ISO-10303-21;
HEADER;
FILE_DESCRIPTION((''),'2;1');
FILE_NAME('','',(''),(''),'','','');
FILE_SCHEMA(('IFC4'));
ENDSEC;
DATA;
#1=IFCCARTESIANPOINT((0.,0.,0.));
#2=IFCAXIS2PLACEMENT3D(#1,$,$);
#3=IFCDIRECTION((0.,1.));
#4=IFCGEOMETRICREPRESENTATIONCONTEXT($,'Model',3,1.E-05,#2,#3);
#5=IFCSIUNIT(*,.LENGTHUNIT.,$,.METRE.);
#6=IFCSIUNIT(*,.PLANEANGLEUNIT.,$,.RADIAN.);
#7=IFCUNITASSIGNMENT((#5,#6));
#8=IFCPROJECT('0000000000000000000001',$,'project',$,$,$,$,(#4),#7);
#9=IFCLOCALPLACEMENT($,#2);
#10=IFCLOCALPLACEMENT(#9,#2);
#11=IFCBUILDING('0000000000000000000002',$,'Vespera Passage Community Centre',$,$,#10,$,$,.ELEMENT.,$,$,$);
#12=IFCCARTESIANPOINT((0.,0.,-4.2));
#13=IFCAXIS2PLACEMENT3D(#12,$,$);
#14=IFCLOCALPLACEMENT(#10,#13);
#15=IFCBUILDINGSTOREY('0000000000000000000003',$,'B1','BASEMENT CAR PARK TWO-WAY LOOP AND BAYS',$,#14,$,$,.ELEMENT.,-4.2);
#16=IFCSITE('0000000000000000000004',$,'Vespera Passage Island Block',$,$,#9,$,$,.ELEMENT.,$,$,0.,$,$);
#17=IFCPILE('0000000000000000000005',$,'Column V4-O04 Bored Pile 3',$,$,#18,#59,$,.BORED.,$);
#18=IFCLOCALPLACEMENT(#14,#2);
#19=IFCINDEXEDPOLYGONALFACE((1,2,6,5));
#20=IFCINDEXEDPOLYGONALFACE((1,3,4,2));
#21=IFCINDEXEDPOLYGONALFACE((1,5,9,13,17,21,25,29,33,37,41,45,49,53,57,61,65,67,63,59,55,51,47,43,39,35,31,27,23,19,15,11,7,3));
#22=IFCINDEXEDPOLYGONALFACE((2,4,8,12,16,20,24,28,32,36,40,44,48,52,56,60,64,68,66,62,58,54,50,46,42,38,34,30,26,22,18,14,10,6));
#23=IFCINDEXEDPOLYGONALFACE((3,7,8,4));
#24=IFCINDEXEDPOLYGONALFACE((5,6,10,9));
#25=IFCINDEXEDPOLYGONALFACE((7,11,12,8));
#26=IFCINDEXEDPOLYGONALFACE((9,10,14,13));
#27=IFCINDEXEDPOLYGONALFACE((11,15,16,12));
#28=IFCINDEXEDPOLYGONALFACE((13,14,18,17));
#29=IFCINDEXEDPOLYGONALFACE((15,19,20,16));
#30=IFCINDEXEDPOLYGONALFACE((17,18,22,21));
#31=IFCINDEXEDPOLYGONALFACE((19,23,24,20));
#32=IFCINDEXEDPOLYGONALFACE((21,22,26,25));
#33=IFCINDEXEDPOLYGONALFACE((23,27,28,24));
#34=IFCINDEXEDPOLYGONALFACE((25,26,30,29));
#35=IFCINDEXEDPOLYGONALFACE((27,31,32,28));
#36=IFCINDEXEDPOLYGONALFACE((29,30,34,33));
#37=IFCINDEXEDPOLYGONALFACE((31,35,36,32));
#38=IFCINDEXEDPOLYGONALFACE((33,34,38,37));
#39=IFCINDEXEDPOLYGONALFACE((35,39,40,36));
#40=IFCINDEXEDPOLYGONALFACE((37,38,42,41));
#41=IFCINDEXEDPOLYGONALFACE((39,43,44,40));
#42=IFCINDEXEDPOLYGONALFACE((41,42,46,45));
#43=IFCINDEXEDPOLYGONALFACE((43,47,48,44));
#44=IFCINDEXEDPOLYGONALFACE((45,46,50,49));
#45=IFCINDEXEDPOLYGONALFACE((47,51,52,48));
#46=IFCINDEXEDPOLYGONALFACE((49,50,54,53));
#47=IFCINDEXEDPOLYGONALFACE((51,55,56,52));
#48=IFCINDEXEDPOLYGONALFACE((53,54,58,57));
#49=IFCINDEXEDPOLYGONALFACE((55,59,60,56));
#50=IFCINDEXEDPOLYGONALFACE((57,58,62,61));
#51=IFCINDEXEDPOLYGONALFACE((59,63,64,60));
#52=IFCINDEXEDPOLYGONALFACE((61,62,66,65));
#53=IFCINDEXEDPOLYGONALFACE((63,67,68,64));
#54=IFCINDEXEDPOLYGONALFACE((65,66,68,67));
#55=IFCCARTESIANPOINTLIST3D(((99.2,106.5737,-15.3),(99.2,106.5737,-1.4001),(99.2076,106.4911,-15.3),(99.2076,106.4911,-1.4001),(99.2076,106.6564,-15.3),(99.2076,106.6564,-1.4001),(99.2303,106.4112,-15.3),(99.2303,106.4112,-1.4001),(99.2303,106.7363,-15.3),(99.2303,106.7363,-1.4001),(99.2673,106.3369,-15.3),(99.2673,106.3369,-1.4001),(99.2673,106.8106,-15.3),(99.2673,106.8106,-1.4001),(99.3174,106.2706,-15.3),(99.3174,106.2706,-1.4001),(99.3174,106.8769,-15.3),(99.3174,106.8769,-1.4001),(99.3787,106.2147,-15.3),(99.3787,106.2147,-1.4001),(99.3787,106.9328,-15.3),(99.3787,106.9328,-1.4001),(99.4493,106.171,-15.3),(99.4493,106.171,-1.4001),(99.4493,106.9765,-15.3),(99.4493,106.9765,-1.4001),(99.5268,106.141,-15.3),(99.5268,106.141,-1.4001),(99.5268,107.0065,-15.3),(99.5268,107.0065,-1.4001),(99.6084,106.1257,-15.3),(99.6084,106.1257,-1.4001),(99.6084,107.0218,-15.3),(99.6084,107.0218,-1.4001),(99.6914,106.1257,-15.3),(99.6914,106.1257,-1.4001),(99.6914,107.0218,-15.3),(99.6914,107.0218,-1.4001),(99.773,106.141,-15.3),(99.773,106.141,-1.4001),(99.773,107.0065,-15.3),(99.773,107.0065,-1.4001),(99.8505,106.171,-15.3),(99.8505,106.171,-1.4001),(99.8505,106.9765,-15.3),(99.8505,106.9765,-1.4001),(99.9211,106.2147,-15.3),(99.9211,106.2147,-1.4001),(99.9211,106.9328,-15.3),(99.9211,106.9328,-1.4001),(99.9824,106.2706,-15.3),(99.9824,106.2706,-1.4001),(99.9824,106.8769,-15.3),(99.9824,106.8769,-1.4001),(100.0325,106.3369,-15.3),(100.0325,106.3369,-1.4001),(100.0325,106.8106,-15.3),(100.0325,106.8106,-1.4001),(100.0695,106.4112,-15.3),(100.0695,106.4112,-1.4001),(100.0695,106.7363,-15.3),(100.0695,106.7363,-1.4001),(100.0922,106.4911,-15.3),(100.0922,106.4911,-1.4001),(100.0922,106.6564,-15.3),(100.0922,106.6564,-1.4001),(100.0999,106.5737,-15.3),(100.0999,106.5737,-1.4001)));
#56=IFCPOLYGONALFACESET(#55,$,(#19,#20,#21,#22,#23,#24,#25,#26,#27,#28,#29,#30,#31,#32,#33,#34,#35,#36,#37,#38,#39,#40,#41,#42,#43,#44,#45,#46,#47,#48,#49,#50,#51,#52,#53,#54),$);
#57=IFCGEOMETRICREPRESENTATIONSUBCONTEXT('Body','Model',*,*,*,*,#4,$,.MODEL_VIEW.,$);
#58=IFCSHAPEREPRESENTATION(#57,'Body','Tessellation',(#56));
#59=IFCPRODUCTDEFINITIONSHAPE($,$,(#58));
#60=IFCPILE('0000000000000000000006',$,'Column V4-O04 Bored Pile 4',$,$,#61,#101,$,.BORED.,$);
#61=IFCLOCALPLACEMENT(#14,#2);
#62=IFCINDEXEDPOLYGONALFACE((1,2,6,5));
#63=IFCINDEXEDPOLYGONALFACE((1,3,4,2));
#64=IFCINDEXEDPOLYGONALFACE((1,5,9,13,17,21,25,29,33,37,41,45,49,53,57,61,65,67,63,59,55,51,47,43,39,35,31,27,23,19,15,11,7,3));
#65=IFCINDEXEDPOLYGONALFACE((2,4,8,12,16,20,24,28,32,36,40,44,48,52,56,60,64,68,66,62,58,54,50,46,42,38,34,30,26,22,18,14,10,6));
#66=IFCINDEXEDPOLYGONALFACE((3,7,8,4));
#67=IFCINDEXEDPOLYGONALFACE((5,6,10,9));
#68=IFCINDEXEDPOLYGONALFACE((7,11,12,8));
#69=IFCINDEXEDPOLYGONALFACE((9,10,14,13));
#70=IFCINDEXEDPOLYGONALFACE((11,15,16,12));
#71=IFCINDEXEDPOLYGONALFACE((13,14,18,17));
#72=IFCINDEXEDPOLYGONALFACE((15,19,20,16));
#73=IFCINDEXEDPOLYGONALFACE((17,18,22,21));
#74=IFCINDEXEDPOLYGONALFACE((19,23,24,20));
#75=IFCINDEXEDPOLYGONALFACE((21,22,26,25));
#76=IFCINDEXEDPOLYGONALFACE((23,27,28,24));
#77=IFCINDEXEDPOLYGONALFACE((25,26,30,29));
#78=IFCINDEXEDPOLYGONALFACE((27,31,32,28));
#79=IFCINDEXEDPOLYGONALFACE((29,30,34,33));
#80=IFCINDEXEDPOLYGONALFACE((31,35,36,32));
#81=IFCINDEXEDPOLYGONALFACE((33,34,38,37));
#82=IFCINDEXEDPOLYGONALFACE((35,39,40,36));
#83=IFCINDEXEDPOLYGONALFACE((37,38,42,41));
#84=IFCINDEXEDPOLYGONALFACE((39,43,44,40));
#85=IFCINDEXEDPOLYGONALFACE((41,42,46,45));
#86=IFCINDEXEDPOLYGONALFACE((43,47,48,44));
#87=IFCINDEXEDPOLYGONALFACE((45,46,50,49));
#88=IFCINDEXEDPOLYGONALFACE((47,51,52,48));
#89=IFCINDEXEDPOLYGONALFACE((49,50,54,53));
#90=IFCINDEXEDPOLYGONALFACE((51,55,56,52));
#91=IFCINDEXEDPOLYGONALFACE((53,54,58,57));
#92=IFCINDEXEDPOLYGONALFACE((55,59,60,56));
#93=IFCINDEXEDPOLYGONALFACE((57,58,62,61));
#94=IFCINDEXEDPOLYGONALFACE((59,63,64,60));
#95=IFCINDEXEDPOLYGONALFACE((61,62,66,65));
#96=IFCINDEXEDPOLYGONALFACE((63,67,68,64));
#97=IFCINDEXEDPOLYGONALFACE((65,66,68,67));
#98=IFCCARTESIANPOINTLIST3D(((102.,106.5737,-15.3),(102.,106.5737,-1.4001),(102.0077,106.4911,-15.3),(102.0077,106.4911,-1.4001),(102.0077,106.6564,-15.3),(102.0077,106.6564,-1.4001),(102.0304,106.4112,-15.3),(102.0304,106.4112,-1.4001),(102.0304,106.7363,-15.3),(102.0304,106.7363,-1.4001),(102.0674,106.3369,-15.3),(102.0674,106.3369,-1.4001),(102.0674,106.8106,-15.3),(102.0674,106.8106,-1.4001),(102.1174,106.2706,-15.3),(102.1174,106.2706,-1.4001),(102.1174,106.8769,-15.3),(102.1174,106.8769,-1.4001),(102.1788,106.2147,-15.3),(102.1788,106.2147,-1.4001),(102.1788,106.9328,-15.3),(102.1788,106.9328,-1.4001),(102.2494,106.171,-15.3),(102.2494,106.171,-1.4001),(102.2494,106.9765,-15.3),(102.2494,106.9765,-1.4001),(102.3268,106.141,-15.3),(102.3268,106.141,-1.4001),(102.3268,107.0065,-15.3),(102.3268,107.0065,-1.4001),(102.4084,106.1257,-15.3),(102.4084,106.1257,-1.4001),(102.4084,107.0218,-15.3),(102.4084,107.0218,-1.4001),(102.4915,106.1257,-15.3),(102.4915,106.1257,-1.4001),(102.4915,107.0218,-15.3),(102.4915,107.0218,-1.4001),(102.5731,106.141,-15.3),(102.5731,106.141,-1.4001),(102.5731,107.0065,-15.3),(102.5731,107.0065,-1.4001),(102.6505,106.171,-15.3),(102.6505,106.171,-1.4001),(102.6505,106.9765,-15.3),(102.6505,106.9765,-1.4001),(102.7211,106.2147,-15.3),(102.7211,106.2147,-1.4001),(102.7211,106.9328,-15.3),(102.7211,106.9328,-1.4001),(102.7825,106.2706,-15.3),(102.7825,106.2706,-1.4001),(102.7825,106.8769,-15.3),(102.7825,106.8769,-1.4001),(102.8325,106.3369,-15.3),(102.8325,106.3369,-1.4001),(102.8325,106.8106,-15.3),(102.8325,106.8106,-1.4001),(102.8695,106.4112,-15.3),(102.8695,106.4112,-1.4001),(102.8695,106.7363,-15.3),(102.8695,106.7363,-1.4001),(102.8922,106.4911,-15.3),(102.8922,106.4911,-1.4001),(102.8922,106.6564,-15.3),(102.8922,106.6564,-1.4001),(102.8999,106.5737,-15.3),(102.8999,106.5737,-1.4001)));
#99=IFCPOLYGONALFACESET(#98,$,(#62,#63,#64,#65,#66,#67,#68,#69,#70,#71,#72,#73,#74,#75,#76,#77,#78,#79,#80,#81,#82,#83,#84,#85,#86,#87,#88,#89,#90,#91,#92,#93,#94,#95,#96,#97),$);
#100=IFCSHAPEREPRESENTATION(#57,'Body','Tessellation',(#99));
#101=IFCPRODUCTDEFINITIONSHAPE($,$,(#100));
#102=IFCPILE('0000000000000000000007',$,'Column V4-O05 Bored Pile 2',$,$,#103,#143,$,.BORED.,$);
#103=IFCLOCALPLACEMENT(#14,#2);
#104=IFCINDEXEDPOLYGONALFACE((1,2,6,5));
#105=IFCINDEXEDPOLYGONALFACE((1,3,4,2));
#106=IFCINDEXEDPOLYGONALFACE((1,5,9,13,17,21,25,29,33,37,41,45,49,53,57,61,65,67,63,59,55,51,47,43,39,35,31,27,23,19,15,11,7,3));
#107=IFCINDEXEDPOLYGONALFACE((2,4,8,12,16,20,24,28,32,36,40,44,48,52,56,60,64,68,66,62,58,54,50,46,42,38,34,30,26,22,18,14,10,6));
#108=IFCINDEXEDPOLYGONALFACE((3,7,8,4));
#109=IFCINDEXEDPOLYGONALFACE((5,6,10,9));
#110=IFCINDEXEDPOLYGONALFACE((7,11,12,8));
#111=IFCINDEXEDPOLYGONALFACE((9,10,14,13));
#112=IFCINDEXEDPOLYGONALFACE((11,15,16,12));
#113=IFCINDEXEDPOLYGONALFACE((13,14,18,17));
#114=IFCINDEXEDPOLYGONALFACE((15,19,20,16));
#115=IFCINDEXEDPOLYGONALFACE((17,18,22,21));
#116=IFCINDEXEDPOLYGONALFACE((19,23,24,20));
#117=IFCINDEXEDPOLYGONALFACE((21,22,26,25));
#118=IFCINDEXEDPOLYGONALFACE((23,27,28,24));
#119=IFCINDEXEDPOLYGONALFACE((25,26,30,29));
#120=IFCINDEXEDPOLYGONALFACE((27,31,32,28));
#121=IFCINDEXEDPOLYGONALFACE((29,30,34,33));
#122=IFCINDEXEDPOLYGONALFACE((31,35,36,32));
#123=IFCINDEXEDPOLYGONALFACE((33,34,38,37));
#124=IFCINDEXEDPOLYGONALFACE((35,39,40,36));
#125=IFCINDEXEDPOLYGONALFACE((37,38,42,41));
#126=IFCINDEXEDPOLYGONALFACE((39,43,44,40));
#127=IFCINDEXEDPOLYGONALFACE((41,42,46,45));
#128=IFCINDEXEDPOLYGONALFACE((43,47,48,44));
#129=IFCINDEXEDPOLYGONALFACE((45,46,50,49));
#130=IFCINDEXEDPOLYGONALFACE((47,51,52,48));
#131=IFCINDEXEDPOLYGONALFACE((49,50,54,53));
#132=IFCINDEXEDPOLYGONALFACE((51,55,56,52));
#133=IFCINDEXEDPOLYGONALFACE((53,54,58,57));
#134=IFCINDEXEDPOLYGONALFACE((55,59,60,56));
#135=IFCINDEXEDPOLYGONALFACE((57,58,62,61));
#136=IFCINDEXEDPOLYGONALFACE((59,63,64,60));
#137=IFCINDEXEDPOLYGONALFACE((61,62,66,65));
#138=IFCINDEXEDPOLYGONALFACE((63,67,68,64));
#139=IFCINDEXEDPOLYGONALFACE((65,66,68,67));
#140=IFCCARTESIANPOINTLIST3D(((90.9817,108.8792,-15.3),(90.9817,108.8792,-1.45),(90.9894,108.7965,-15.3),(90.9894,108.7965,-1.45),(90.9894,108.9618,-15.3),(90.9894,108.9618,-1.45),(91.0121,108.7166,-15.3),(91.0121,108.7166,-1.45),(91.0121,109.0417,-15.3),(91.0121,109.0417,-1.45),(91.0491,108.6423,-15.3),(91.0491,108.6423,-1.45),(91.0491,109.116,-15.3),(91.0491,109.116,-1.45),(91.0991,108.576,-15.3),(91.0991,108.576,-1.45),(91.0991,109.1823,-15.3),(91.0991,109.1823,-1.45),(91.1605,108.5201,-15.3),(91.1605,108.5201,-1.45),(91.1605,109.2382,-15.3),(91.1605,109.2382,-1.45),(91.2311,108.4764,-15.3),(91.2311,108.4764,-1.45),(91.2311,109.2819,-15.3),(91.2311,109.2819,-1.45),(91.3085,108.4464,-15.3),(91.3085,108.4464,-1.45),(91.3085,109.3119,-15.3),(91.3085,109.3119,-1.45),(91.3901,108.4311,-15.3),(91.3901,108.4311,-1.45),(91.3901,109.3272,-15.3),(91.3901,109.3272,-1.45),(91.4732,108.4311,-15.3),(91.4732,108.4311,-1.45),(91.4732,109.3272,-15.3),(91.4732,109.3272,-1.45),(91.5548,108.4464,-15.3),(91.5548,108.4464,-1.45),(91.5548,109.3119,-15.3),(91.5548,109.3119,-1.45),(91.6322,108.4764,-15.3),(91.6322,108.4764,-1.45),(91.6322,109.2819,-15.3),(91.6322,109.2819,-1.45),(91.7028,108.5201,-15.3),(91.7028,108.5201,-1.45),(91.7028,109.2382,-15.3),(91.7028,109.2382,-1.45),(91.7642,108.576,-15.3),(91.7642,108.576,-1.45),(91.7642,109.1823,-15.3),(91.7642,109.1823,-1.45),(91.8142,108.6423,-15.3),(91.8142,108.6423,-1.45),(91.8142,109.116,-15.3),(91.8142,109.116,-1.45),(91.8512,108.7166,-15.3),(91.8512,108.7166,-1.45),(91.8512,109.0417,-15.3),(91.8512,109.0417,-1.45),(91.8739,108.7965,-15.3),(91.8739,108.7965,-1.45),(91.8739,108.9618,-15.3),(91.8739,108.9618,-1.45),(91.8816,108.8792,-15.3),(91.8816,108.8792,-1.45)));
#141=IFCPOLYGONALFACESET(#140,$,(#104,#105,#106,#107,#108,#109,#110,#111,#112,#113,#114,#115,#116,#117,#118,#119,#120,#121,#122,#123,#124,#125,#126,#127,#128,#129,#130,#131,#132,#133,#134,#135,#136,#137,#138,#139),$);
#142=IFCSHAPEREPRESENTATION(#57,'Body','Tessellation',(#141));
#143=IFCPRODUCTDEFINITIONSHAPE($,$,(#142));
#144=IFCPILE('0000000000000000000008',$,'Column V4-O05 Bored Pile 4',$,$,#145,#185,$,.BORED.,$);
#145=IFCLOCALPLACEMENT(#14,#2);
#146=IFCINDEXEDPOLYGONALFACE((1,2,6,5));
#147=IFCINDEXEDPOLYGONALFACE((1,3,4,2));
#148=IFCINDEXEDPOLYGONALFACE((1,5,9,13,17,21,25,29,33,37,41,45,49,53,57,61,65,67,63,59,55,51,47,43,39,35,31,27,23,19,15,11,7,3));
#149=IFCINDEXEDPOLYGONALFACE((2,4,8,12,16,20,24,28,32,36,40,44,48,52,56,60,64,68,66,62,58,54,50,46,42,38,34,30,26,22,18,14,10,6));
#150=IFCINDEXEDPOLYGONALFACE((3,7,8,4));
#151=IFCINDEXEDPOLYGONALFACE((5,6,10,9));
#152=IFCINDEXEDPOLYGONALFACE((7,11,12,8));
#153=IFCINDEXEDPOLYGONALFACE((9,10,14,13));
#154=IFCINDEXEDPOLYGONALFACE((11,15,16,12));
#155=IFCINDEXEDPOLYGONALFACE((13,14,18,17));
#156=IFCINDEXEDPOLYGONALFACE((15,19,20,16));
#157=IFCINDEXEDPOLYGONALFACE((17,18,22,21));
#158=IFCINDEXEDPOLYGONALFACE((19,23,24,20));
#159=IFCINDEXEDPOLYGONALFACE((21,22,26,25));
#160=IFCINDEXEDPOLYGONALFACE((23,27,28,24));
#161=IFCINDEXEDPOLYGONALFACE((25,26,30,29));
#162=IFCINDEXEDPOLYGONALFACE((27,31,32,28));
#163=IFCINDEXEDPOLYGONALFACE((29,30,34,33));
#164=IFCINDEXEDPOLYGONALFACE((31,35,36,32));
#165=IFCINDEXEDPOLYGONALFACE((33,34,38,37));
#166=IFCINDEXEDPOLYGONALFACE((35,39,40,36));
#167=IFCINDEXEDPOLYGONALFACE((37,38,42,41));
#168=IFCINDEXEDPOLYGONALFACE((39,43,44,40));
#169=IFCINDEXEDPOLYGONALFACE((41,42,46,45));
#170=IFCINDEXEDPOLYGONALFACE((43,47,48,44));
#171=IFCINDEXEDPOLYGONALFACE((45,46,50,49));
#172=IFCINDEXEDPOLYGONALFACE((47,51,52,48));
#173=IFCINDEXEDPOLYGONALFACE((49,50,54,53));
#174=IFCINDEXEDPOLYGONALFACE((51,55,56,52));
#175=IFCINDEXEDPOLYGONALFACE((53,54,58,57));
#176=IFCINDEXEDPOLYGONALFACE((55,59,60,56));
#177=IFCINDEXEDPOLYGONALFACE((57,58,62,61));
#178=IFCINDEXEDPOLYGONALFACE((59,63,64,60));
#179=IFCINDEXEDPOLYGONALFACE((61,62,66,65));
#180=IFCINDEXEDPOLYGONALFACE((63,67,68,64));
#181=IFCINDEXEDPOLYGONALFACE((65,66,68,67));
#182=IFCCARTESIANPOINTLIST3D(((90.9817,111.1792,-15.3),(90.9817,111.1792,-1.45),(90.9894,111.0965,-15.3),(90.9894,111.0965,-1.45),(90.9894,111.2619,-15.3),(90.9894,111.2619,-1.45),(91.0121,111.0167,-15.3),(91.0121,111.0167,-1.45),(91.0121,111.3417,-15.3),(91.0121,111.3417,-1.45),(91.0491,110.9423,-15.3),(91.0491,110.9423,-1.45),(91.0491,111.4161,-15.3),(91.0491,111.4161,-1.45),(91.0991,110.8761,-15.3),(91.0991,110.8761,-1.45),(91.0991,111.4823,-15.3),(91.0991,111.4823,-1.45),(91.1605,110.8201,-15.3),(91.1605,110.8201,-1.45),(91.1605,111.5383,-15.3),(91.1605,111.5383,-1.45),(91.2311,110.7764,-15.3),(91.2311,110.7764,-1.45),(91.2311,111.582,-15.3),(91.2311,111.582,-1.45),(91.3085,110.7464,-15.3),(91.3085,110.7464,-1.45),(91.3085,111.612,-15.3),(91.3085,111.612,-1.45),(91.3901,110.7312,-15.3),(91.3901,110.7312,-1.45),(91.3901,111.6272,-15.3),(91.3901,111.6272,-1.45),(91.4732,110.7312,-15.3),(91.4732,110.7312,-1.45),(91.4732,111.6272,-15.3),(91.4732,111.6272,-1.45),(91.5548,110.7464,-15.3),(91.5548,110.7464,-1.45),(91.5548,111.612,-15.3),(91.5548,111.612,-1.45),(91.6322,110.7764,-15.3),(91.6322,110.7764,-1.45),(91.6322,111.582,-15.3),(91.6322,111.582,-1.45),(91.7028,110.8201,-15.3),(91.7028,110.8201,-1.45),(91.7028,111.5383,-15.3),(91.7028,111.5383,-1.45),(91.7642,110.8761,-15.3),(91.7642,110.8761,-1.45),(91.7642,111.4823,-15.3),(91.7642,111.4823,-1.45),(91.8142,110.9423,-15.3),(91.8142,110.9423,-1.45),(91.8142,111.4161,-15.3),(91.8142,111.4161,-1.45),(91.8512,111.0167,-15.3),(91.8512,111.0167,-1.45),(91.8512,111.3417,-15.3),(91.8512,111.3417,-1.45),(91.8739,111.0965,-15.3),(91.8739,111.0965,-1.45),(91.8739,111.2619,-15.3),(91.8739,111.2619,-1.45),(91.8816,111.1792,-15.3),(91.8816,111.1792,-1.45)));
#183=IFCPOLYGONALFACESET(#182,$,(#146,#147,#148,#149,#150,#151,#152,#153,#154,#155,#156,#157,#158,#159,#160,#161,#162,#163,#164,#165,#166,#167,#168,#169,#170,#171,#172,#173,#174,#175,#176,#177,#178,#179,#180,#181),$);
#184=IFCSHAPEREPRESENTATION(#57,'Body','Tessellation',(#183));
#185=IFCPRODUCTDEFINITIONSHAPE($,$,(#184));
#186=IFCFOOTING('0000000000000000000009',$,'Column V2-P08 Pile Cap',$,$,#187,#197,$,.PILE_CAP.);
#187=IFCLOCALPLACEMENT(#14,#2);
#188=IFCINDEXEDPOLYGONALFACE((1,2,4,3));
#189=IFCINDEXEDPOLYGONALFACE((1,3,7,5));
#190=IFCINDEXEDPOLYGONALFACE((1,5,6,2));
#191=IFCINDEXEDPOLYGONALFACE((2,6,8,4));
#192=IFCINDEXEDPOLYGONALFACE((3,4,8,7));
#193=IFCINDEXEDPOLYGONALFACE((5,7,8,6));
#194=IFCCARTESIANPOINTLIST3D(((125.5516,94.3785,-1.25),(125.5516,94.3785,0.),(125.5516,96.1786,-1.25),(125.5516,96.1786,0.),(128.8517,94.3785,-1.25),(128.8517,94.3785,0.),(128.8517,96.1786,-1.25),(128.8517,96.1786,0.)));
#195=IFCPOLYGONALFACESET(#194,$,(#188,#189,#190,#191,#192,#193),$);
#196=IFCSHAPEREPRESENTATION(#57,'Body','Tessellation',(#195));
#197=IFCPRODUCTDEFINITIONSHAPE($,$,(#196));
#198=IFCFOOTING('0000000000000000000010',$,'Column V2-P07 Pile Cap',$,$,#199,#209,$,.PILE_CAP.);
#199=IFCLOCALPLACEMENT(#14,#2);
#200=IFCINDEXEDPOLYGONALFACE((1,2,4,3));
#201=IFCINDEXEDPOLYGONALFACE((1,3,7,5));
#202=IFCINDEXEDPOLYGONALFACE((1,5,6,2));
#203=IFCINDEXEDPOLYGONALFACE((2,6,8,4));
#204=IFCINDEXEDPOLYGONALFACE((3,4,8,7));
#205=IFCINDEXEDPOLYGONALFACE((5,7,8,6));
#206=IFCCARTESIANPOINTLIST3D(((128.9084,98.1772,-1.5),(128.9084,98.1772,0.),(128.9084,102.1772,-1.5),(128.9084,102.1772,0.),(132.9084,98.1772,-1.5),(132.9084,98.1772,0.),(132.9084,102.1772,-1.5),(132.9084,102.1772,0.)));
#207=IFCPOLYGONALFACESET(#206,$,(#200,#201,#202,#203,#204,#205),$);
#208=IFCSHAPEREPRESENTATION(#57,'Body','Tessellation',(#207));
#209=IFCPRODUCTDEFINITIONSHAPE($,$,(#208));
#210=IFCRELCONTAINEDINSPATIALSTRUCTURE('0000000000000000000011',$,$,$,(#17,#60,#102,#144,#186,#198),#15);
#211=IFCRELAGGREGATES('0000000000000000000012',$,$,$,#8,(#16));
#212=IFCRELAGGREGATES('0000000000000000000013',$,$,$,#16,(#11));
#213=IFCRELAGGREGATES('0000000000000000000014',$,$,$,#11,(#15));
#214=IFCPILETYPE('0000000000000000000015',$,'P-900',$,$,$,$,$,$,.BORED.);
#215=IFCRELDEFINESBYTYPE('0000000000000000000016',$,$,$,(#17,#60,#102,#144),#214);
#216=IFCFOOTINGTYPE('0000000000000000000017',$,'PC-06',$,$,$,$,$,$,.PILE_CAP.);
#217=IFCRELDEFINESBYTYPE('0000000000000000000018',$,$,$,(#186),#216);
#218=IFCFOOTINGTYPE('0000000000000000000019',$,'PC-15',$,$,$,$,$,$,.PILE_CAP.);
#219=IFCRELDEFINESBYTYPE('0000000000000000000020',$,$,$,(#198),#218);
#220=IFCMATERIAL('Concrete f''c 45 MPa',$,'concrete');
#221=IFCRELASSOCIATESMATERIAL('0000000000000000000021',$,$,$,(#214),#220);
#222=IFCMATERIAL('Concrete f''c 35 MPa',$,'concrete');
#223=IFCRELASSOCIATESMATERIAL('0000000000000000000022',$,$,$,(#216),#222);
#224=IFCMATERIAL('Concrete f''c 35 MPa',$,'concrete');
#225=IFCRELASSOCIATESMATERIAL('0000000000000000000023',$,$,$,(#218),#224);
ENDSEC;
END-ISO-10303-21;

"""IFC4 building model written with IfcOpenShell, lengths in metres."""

from ifc_helpers import new_model, si_unit, direction, frame, origin, origin_2d, place, context, subcontext, project, spatial, rectangle, circle, extrude, material, material_profile, profile_set, type_object, element, save


model = new_model("IFC4")

# Units and contexts
model_context = context("Model", 3, precision=1e-05, world=origin(), true_north=direction((0.0, 1.0)))
body_context = subcontext(model_context, "Body", "Model", "MODEL_VIEW")
ifc_project = project(units=[si_unit("LENGTHUNIT", "METRE"), si_unit("PLANEANGLEUNIT", "RADIAN")], contexts=[model_context])

# Site, building, storey
site_placement = place(None, origin())
site = spatial("IfcSite", under=ifc_project, at=site_placement, Name="Vespera Passage Island Block", CompositionType="ELEMENT", RefElevation=0.0)
building_placement = place(site_placement, origin())
building = spatial("IfcBuilding", under=site, at=building_placement, Name="Vespera Passage Community Centre", CompositionType="ELEMENT")
storey_placement = place(building_placement, frame((0.0, 0.0, -4.2)))
storey = spatial("IfcBuildingStorey", under=building, at=storey_placement, Name="B1", Description="BASEMENT CAR PARK TWO-WAY LOOP AND BAYS", CompositionType="ELEMENT", Elevation=-4.2)

# Piles
ifc_material_1 = material(Name="Concrete f'c 45 MPa", Category="concrete")
ifc_material_profile_1 = material_profile(ifc_material_1, circle(Radius=0.45, at=origin_2d()), Name="PILE900DIA")
ifc_profile_set_1 = profile_set([ifc_material_profile_1], Name="Concrete f'c 45 MPa")
pile_type_1 = type_object("IfcPileType", Name="P-900", PredefinedType="BORED", material=ifc_profile_set_1)
for number, where, z_axis, x_axis, name in (
    (1, (99.6499, 106.5737, -1.4001), (0.0, 0.0, -1.0), (1.0, 0.0, 0.0), "Column V4-O04 Bored Pile 3"),
    (2, (102.45, 106.5737, -1.4001), (0.0, 0.0, -1.0), (1.0, 0.0, 0.0), "Column V4-O04 Bored Pile 4"),
):
    element("IfcPile", number, at=place(storey_placement, frame(where, z_axis=z_axis, x_axis=x_axis)), inside=storey, type_object=pile_type_1, Name=name, PredefinedType="BORED", context=body_context, shape_type="SweptSolid", body=[
        extrude(circle(Radius=0.45, at=origin_2d()), origin(), (0.0, 0.0, 1.0), 13.8999),
    ])
for number, where, z_axis, x_axis, name in (
    (3, (91.4316, 108.8792, -1.45), (0.0, 0.0, -1.0), (1.0, 0.0, 0.0), "Column V4-O05 Bored Pile 2"),
    (4, (91.4316, 111.1792, -1.45), (0.0, 0.0, -1.0), (1.0, 0.0, 0.0), "Column V4-O05 Bored Pile 4"),
):
    element("IfcPile", number, at=place(storey_placement, frame(where, z_axis=z_axis, x_axis=x_axis)), inside=storey, type_object=pile_type_1, Name=name, PredefinedType="BORED", context=body_context, shape_type="SweptSolid", body=[
        extrude(circle(Radius=0.45, at=origin_2d()), origin(), (0.0, 0.0, 1.0), 13.8501),
    ])

# Footings
ifc_material_2 = material(Name="Concrete f'c 35 MPa", Category="concrete")
footing_type_1 = type_object("IfcFootingType", Name="PC-06", PredefinedType="PILE_CAP", material=ifc_material_2)
footing_1_placement = place(storey_placement, frame((127.2017, 95.2786, -1.25), z_axis=(0.0, 0.0, 1.0), x_axis=(1.0, 0.0, 0.0)))
element("IfcFooting", 5, at=footing_1_placement, inside=storey, type_object=footing_type_1, Name="Column V2-P08 Pile Cap", PredefinedType="PILE_CAP", context=body_context, shape_type="SweptSolid", body=[
    extrude(rectangle(XDim=3.3, YDim=1.8, at=origin_2d()), origin(), (0.0, 0.0, 1.0), 1.25),
])
ifc_material_3 = material(Name="Concrete f'c 35 MPa", Category="concrete")
footing_type_2 = type_object("IfcFootingType", Name="PC-15", PredefinedType="PILE_CAP", material=ifc_material_3)
footing_2_placement = place(storey_placement, frame((130.9084, 100.1772, -1.5), z_axis=(0.0, 0.0, 1.0), x_axis=(1.0, 0.0, 0.0)))
element("IfcFooting", 6, at=footing_2_placement, inside=storey, type_object=footing_type_2, Name="Column V2-P07 Pile Cap", PredefinedType="PILE_CAP", context=body_context, shape_type="SweptSolid", body=[
    extrude(rectangle(XDim=4.0, YDim=4.0, at=origin_2d()), origin(), (0.0, 0.0, 1.0), 1.5),
])

save(model, "model.ifc")
